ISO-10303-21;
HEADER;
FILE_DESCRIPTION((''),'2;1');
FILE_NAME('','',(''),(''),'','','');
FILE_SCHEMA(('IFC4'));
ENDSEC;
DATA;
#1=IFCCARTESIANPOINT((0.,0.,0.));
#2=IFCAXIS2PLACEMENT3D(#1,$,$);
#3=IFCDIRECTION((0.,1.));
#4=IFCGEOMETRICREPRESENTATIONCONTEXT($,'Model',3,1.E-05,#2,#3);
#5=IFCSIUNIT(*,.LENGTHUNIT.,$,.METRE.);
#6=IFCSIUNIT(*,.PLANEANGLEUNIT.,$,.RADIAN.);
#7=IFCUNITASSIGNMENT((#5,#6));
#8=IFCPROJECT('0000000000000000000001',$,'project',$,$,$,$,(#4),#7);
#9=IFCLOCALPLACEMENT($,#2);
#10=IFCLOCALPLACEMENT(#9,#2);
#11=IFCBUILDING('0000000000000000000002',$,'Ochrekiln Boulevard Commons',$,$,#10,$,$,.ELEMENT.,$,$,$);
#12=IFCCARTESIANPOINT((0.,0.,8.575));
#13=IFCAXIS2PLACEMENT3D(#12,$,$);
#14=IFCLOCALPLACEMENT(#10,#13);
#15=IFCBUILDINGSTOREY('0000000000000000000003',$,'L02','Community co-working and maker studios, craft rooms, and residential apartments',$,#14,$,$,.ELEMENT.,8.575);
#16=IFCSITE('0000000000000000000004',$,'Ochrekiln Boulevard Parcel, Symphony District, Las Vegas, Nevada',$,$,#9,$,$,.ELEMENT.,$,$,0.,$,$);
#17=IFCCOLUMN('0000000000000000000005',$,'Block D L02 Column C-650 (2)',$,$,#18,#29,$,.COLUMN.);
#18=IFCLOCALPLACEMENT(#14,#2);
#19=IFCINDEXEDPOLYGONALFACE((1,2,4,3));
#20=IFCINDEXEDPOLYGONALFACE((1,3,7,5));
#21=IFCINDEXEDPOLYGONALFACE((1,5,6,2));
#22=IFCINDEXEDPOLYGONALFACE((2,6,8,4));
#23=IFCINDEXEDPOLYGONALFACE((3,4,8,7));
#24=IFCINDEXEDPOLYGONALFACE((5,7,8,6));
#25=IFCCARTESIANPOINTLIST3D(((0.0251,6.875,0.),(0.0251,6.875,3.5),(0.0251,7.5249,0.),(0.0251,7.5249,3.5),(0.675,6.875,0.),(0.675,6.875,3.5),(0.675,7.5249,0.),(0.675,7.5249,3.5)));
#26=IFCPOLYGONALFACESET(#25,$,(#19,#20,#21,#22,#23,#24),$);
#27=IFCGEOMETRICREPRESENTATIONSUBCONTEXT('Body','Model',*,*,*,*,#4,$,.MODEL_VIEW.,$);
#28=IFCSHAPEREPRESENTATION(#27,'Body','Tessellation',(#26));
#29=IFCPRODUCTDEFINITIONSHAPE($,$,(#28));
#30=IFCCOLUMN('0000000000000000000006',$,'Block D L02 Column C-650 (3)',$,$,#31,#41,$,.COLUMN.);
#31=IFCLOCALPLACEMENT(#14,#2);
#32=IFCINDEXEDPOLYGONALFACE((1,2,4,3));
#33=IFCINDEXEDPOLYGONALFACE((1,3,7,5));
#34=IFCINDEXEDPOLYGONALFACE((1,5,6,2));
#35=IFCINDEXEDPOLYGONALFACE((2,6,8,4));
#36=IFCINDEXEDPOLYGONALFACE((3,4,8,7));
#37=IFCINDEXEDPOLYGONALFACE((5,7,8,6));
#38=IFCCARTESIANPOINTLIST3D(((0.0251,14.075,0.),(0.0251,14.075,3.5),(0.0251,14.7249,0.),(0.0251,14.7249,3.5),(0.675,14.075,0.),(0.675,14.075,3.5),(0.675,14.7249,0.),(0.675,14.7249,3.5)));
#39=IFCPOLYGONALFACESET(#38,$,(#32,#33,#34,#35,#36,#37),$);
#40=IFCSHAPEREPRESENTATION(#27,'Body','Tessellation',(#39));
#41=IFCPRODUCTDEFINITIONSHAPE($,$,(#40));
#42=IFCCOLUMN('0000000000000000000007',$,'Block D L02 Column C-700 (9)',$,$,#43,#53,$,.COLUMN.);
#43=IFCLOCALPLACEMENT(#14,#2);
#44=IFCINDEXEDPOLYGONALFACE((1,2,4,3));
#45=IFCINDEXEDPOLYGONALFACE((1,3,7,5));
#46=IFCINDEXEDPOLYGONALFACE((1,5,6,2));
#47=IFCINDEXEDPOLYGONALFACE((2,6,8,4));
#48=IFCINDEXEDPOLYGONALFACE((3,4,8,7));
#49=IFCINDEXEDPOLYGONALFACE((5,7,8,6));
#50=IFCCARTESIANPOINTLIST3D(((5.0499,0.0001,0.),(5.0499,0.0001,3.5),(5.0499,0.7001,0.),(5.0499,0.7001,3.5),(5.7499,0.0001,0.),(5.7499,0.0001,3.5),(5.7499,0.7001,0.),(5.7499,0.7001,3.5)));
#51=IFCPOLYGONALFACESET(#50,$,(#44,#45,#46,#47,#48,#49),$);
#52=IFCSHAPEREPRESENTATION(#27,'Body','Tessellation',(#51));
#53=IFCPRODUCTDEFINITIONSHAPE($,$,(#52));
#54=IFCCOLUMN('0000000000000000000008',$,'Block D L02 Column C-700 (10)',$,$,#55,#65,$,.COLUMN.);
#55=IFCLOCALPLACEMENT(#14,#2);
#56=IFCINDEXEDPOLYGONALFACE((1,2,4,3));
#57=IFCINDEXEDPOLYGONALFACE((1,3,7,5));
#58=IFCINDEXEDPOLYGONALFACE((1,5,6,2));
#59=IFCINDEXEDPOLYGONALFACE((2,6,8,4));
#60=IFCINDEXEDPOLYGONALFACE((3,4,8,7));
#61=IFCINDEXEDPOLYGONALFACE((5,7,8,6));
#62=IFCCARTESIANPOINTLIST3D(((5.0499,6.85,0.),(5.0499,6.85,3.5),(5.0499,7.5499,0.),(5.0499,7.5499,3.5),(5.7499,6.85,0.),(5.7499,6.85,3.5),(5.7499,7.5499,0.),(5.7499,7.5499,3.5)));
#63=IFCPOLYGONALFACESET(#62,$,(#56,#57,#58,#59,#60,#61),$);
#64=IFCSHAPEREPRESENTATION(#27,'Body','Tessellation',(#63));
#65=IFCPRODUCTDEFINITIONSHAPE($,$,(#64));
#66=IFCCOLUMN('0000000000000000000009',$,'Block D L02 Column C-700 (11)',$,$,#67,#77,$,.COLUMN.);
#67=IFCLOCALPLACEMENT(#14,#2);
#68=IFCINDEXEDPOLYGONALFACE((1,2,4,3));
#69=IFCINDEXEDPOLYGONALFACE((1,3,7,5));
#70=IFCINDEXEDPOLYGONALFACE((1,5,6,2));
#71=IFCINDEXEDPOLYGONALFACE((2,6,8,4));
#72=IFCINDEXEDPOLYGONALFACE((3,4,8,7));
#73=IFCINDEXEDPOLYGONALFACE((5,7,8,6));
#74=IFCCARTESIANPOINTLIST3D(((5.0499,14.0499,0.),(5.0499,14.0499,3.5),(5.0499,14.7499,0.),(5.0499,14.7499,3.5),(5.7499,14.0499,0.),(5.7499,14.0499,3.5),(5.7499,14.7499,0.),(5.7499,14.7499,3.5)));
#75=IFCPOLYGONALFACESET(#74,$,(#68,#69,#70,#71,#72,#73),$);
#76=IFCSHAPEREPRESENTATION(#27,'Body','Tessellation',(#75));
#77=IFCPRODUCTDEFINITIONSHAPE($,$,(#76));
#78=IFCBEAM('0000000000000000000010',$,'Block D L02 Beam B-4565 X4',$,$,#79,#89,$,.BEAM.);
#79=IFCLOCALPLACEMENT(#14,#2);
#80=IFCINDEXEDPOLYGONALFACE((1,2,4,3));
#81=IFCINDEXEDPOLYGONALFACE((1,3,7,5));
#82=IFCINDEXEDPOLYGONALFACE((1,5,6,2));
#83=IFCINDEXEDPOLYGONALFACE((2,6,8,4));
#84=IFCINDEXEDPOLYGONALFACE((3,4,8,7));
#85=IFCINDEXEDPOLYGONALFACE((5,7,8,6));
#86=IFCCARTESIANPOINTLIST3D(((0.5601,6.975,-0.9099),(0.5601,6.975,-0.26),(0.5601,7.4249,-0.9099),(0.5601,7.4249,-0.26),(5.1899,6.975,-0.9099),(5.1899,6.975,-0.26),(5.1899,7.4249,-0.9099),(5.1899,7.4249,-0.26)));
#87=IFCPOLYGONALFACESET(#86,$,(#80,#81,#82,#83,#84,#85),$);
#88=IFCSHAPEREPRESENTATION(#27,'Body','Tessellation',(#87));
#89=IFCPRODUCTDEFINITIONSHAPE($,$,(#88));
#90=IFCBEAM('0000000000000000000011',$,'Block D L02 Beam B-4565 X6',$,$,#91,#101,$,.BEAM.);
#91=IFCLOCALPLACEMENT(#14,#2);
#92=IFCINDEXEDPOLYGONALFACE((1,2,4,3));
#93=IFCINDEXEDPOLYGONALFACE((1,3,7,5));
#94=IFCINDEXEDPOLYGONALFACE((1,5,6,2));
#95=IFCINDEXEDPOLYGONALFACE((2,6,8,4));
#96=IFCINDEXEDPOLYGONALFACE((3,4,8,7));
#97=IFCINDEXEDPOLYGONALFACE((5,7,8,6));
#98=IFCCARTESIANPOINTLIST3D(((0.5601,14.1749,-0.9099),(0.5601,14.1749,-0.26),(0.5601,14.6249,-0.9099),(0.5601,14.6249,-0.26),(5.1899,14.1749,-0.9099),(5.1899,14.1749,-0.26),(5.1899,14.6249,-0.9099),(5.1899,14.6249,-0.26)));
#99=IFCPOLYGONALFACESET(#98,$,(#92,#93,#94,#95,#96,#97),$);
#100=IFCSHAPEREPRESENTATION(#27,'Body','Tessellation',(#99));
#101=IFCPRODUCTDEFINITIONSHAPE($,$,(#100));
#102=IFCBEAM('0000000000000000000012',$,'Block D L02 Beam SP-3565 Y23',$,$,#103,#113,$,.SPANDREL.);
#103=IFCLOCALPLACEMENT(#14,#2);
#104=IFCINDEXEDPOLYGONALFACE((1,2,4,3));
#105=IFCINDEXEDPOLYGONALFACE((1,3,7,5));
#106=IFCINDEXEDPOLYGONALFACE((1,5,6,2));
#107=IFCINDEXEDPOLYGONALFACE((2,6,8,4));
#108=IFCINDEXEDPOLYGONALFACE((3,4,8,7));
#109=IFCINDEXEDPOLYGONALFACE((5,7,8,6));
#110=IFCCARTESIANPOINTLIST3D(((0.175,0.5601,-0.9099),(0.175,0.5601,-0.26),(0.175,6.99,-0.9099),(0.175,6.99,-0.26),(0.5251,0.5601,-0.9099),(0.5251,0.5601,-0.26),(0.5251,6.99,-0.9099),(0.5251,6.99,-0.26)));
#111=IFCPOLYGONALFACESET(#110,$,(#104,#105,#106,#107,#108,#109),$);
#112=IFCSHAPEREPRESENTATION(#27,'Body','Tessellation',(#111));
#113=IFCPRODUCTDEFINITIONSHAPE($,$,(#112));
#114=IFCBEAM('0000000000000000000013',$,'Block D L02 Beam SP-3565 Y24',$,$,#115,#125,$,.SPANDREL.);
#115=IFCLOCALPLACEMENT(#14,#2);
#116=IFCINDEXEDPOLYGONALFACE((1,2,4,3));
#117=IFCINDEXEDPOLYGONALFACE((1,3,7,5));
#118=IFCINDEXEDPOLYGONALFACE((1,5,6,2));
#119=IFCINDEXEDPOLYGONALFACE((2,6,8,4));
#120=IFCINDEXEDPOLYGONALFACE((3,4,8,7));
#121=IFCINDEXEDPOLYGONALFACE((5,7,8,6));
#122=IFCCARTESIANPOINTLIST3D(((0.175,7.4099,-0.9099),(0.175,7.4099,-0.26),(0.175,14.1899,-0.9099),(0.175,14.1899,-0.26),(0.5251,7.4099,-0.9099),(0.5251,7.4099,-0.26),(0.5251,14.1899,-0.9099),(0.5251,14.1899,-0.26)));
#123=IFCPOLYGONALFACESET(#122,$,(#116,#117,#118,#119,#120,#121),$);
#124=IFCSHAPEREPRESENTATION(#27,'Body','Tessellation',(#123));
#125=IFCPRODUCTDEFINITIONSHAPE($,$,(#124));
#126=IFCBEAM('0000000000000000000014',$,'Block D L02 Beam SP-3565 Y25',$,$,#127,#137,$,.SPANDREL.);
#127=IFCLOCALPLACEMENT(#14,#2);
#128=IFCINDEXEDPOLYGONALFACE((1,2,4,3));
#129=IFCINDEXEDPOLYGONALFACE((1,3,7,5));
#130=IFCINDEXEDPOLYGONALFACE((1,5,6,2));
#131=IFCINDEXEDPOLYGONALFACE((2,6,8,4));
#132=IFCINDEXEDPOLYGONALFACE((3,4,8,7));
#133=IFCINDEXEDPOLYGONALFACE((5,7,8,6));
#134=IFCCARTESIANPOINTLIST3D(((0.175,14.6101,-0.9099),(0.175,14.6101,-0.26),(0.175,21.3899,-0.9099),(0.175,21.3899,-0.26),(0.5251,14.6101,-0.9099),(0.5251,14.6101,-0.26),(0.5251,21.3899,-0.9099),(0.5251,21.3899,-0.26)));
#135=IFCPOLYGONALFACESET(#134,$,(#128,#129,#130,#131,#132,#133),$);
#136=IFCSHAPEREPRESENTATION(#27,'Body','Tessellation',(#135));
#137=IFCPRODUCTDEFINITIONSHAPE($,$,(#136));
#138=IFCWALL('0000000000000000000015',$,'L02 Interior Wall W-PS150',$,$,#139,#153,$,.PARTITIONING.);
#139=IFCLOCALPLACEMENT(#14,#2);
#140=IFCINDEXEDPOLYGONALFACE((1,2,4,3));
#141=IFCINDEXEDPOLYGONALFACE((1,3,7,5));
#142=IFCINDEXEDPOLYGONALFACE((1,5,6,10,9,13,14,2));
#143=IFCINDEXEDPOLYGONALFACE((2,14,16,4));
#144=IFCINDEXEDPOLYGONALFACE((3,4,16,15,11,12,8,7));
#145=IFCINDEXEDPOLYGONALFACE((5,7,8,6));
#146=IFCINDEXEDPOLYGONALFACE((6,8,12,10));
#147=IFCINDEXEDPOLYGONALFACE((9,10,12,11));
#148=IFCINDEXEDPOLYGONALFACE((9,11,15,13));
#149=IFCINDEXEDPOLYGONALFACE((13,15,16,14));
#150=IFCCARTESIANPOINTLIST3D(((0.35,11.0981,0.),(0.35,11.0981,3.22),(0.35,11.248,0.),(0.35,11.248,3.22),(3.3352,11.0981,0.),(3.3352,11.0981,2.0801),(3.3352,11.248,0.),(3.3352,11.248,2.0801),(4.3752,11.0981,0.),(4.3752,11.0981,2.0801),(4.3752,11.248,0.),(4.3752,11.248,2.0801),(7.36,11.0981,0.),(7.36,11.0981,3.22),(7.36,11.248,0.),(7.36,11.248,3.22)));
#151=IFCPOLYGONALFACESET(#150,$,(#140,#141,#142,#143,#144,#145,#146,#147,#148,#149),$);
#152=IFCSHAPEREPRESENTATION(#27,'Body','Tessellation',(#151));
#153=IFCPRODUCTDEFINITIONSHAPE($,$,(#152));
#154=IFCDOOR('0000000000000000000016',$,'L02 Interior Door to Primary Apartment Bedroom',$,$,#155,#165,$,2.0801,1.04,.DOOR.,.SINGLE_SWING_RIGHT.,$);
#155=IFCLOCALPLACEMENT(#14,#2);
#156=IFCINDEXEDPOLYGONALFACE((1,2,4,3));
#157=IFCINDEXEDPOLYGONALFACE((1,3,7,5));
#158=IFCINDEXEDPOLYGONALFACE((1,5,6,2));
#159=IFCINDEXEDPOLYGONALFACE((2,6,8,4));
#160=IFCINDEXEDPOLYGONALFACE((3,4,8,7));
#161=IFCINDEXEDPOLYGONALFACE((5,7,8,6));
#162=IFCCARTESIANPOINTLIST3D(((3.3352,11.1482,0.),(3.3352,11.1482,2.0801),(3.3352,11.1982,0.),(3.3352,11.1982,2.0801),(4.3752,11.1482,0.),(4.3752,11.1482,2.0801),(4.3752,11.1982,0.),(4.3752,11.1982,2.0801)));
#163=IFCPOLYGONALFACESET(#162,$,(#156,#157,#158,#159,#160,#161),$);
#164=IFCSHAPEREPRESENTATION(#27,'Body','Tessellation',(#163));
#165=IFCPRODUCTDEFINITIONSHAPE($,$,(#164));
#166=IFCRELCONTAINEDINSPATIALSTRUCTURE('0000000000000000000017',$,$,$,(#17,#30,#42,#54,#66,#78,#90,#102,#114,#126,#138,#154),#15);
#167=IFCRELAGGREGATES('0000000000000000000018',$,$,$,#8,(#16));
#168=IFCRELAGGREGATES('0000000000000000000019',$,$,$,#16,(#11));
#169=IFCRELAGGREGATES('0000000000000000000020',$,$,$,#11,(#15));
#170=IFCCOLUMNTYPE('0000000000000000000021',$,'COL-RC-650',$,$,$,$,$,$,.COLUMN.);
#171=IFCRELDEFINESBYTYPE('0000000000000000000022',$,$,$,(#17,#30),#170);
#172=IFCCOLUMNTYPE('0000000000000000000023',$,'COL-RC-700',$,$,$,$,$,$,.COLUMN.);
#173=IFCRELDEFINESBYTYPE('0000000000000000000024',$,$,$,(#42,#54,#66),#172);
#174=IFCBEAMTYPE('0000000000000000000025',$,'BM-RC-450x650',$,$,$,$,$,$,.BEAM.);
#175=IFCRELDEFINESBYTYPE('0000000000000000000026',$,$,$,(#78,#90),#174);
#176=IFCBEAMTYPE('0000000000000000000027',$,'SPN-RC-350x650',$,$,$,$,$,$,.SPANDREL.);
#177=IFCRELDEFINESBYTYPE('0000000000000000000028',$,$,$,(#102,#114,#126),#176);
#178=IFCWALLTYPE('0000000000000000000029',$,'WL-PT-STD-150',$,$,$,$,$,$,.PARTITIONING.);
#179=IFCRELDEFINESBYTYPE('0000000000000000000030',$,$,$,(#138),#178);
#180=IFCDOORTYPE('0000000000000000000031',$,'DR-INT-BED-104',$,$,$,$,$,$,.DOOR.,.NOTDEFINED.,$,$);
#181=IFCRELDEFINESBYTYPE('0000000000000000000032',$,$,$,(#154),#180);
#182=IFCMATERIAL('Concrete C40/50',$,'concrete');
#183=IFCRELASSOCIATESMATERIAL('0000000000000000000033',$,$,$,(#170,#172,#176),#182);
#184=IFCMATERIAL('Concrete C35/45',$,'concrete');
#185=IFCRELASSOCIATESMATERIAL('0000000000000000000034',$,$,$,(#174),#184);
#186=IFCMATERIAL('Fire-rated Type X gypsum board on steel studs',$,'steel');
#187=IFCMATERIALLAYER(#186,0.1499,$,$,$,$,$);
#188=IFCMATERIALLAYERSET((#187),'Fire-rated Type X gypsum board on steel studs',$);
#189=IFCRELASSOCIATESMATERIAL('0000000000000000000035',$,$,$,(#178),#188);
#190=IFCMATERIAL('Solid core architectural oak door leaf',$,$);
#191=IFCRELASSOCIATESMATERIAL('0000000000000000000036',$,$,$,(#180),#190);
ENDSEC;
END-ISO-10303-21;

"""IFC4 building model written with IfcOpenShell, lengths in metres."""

from ifc_helpers import new_model, si_unit, direction, frame, frame_2d, origin, origin_2d, place, context, subcontext, project, spatial, rectangle, extrude, material, layer, layer_set, material_profile, profile_set, type_object, element, fill, save


model = new_model("IFC4")

# Units and contexts
model_context = context("Model", 3, precision=1e-05, world=origin(), true_north=direction((0.0, 1.0)))
body_context = subcontext(model_context, "Body", "Model", "MODEL_VIEW")
ifc_project = project(units=[si_unit("LENGTHUNIT", "METRE"), si_unit("PLANEANGLEUNIT", "RADIAN")], contexts=[model_context])

# Site, building, storey
site_placement = place(None, origin())
site = spatial("IfcSite", under=ifc_project, at=site_placement, Name="Ochrekiln Boulevard Parcel, Symphony District, Las Vegas, Nevada", CompositionType="ELEMENT", RefElevation=0.0)
building_placement = place(site_placement, origin())
building = spatial("IfcBuilding", under=site, at=building_placement, Name="Ochrekiln Boulevard Commons", CompositionType="ELEMENT")
storey_placement = place(building_placement, frame((0.0, 0.0, 8.575)))
storey = spatial("IfcBuildingStorey", under=building, at=storey_placement, Name="L02", Description="Community co-working and maker studios, craft rooms, and residential apartments", CompositionType="ELEMENT", Elevation=8.575)

# Columns
ifc_material_1 = material(Name="Concrete C40/50", Category="concrete")
ifc_material_profile_1 = material_profile(ifc_material_1, rectangle(XDim=0.6499, YDim=0.6499, at=origin_2d()), Name="RC-COL-650x650")
ifc_profile_set_1 = profile_set([ifc_material_profile_1], Name="Concrete C40/50")
column_type_1 = type_object("IfcColumnType", Name="COL-RC-650", PredefinedType="COLUMN", material=ifc_profile_set_1)
for number, where, z_axis, x_axis, name in (
    (1, (0.3501, 7.2, 0.0), (0.0, 0.0, 1.0), (1.0, 0.0, 0.0), "Block D L02 Column C-650 (2)"),
    (2, (0.3501, 14.3999, 0.0), (0.0, 0.0, 1.0), (1.0, 0.0, 0.0), "Block D L02 Column C-650 (3)"),
):
    element("IfcColumn", number, at=place(storey_placement, frame(where, z_axis=z_axis, x_axis=x_axis)), inside=storey, type_object=column_type_1, Name=name, PredefinedType="COLUMN", context=body_context, shape_type="SweptSolid", body=[
        extrude(rectangle(XDim=0.6499, YDim=0.6499, at=origin_2d()), origin(), (0.0, 0.0, 1.0), 3.5),
    ])
ifc_material_profile_2 = material_profile(ifc_material_1, rectangle(XDim=0.7, YDim=0.7, at=origin_2d()), Name="RC-COL-700x700")
ifc_profile_set_2 = profile_set([ifc_material_profile_2], Name="Concrete C40/50")
column_type_2 = type_object("IfcColumnType", Name="COL-RC-700", PredefinedType="COLUMN", material=ifc_profile_set_2)
for number, where, z_axis, x_axis, name in (
    (3, (5.3999, 0.3501, 0.0), (0.0, 0.0, 1.0), (1.0, 0.0, 0.0), "Block D L02 Column C-700 (9)"),
    (4, (5.3999, 7.2, 0.0), (0.0, 0.0, 1.0), (1.0, 0.0, 0.0), "Block D L02 Column C-700 (10)"),
    (5, (5.3999, 14.3999, 0.0), (0.0, 0.0, 1.0), (1.0, 0.0, 0.0), "Block D L02 Column C-700 (11)"),
):
    element("IfcColumn", number, at=place(storey_placement, frame(where, z_axis=z_axis, x_axis=x_axis)), inside=storey, type_object=column_type_2, Name=name, PredefinedType="COLUMN", context=body_context, shape_type="SweptSolid", body=[
        extrude(rectangle(XDim=0.7, YDim=0.7, at=origin_2d()), origin(), (0.0, 0.0, 1.0), 3.5),
    ])

# Beams
ifc_material_2 = material(Name="Concrete C35/45", Category="concrete")
ifc_material_profile_3 = material_profile(ifc_material_2, rectangle(XDim=0.45, YDim=0.6499, at=origin_2d()), Name="RC-BM-450x650")
ifc_profile_set_3 = profile_set([ifc_material_profile_3], Name="Concrete C35/45")
beam_type_1 = type_object("IfcBeamType", Name="BM-RC-450x650", PredefinedType="BEAM", material=ifc_profile_set_3)
for number, where, z_axis, x_axis, name in (
    (6, (0.5601, 7.2, -0.585), (1.0, 0.0, 0.0), (0.0, 1.0, 0.0), "Block D L02 Beam B-4565 X4"),
    (7, (0.5601, 14.3999, -0.585), (1.0, 0.0, 0.0), (0.0, 1.0, 0.0), "Block D L02 Beam B-4565 X6"),
):
    element("IfcBeam", number, at=place(storey_placement, frame(where, z_axis=z_axis, x_axis=x_axis)), inside=storey, type_object=beam_type_1, Name=name, PredefinedType="BEAM", context=body_context, shape_type="SweptSolid", body=[
        extrude(rectangle(XDim=0.45, YDim=0.6499, at=origin_2d()), origin(), (0.0, 0.0, 1.0), 4.6299),
    ])
ifc_material_profile_4 = material_profile(ifc_material_1, rectangle(XDim=0.3501, YDim=0.6499, at=origin_2d()), Name="RC-SPN-350x650")
ifc_profile_set_4 = profile_set([ifc_material_profile_4], Name="Concrete C40/50")
beam_type_2 = type_object("IfcBeamType", Name="SPN-RC-350x650", PredefinedType="SPANDREL", material=ifc_profile_set_4)
beam_1_placement = place(storey_placement, frame((0.3501, 0.5601, -0.585), z_axis=(0.0, 1.0, 0.0), x_axis=(-1.0, 0.0, 0.0)))
element("IfcBeam", 8, at=beam_1_placement, inside=storey, type_object=beam_type_2, Name="Block D L02 Beam SP-3565 Y23", PredefinedType="SPANDREL", context=body_context, shape_type="SweptSolid", body=[
    extrude(rectangle(XDim=0.3501, YDim=0.6499, at=origin_2d()), origin(), (0.0, 0.0, 1.0), 6.4299),
])
beam_2_placement = place(storey_placement, frame((0.3501, 7.4099, -0.585), z_axis=(0.0, 1.0, 0.0), x_axis=(-1.0, 0.0, 0.0)))
element("IfcBeam", 9, at=beam_2_placement, inside=storey, type_object=beam_type_2, Name="Block D L02 Beam SP-3565 Y24", PredefinedType="SPANDREL", context=body_context, shape_type="SweptSolid", body=[
    extrude(rectangle(XDim=0.3501, YDim=0.6499, at=origin_2d()), origin(), (0.0, 0.0, 1.0), 6.78),
])
beam_3_placement = place(storey_placement, frame((0.3501, 14.6101, -0.585), z_axis=(0.0, 1.0, 0.0), x_axis=(-1.0, 0.0, 0.0)))
element("IfcBeam", 10, at=beam_3_placement, inside=storey, type_object=beam_type_2, Name="Block D L02 Beam SP-3565 Y25", PredefinedType="SPANDREL", context=body_context, shape_type="SweptSolid", body=[
    extrude(rectangle(XDim=0.3501, YDim=0.6499, at=origin_2d()), origin(), (0.0, 0.0, 1.0), 6.7798),
])

# Wall, opening, door
ifc_material_3 = material(Name="Fire-rated Type X gypsum board on steel studs", Category="steel")
ifc_layer_1 = layer(ifc_material_3, 0.1499)
ifc_layer_set_1 = layer_set([ifc_layer_1], Name="Fire-rated Type X gypsum board on steel studs")
wall_type_1 = type_object("IfcWallType", Name="WL-PT-STD-150", PredefinedType="PARTITIONING", material=ifc_layer_set_1)
wall_1_placement = place(storey_placement, frame((0.3501, 11.1731, 0.0), z_axis=(0.0, 0.0, 1.0), x_axis=(1.0, 0.0, 0.0)))
wall_1 = element("IfcWall", 11, at=wall_1_placement, inside=storey, type_object=wall_type_1, Name="L02 Interior Wall W-PS150", PredefinedType="PARTITIONING", context=body_context, shape_type="SweptSolid", body=[
    extrude(rectangle(XDim=7.01, YDim=0.1499, at=frame_2d((3.5049, 0.0))), origin(), (0.0, 0.0, 1.0), 3.22),
])
opening_1_placement = place(wall_1_placement, frame((2.9851, 0.0, 0.0)))
opening_1 = element("IfcOpeningElement", 12, at=opening_1_placement, cuts=wall_1, PredefinedType="OPENING", context=body_context, shape_type="SweptSolid", body=[
    extrude(rectangle(XDim=1.04, YDim=2.0801, at=frame_2d((0.52, 1.04))), frame((0.0, 0.085, 0.0), z_axis=(0.0, -1.0, 0.0), x_axis=(1.0, 0.0, 0.0)), (0.0, 0.0, 1.0), 0.1699),
])
ifc_material_4 = material(Name="Solid core architectural oak door leaf")
door_type = type_object("IfcDoorType", Name="DR-INT-BED-104", OperationType="NOTDEFINED", PredefinedType="DOOR", material=ifc_material_4)
door_placement = place(opening_1_placement, frame((1.04, 0.0, 0.0), z_axis=(0.0, 0.0, 1.0), x_axis=(-1.0, 0.0, 0.0)))
door = element("IfcDoor", 13, at=door_placement, inside=storey, type_object=door_type, Name="L02 Interior Door to Primary Apartment Bedroom", OperationType="SINGLE_SWING_RIGHT", OverallHeight=2.0801, OverallWidth=1.04, PredefinedType="DOOR", context=body_context, shape_type="SweptSolid", body=[
    extrude(rectangle(XDim=1.04, YDim=2.0801, at=frame_2d((0.52, 1.04))), frame((0.0, 0.0249, 0.0), z_axis=(0.0, -1.0, 0.0), x_axis=(1.0, 0.0, 0.0)), (0.0, 0.0, 1.0), 0.05),
])
fill(opening_1, door)

save(model, "model.ifc")
